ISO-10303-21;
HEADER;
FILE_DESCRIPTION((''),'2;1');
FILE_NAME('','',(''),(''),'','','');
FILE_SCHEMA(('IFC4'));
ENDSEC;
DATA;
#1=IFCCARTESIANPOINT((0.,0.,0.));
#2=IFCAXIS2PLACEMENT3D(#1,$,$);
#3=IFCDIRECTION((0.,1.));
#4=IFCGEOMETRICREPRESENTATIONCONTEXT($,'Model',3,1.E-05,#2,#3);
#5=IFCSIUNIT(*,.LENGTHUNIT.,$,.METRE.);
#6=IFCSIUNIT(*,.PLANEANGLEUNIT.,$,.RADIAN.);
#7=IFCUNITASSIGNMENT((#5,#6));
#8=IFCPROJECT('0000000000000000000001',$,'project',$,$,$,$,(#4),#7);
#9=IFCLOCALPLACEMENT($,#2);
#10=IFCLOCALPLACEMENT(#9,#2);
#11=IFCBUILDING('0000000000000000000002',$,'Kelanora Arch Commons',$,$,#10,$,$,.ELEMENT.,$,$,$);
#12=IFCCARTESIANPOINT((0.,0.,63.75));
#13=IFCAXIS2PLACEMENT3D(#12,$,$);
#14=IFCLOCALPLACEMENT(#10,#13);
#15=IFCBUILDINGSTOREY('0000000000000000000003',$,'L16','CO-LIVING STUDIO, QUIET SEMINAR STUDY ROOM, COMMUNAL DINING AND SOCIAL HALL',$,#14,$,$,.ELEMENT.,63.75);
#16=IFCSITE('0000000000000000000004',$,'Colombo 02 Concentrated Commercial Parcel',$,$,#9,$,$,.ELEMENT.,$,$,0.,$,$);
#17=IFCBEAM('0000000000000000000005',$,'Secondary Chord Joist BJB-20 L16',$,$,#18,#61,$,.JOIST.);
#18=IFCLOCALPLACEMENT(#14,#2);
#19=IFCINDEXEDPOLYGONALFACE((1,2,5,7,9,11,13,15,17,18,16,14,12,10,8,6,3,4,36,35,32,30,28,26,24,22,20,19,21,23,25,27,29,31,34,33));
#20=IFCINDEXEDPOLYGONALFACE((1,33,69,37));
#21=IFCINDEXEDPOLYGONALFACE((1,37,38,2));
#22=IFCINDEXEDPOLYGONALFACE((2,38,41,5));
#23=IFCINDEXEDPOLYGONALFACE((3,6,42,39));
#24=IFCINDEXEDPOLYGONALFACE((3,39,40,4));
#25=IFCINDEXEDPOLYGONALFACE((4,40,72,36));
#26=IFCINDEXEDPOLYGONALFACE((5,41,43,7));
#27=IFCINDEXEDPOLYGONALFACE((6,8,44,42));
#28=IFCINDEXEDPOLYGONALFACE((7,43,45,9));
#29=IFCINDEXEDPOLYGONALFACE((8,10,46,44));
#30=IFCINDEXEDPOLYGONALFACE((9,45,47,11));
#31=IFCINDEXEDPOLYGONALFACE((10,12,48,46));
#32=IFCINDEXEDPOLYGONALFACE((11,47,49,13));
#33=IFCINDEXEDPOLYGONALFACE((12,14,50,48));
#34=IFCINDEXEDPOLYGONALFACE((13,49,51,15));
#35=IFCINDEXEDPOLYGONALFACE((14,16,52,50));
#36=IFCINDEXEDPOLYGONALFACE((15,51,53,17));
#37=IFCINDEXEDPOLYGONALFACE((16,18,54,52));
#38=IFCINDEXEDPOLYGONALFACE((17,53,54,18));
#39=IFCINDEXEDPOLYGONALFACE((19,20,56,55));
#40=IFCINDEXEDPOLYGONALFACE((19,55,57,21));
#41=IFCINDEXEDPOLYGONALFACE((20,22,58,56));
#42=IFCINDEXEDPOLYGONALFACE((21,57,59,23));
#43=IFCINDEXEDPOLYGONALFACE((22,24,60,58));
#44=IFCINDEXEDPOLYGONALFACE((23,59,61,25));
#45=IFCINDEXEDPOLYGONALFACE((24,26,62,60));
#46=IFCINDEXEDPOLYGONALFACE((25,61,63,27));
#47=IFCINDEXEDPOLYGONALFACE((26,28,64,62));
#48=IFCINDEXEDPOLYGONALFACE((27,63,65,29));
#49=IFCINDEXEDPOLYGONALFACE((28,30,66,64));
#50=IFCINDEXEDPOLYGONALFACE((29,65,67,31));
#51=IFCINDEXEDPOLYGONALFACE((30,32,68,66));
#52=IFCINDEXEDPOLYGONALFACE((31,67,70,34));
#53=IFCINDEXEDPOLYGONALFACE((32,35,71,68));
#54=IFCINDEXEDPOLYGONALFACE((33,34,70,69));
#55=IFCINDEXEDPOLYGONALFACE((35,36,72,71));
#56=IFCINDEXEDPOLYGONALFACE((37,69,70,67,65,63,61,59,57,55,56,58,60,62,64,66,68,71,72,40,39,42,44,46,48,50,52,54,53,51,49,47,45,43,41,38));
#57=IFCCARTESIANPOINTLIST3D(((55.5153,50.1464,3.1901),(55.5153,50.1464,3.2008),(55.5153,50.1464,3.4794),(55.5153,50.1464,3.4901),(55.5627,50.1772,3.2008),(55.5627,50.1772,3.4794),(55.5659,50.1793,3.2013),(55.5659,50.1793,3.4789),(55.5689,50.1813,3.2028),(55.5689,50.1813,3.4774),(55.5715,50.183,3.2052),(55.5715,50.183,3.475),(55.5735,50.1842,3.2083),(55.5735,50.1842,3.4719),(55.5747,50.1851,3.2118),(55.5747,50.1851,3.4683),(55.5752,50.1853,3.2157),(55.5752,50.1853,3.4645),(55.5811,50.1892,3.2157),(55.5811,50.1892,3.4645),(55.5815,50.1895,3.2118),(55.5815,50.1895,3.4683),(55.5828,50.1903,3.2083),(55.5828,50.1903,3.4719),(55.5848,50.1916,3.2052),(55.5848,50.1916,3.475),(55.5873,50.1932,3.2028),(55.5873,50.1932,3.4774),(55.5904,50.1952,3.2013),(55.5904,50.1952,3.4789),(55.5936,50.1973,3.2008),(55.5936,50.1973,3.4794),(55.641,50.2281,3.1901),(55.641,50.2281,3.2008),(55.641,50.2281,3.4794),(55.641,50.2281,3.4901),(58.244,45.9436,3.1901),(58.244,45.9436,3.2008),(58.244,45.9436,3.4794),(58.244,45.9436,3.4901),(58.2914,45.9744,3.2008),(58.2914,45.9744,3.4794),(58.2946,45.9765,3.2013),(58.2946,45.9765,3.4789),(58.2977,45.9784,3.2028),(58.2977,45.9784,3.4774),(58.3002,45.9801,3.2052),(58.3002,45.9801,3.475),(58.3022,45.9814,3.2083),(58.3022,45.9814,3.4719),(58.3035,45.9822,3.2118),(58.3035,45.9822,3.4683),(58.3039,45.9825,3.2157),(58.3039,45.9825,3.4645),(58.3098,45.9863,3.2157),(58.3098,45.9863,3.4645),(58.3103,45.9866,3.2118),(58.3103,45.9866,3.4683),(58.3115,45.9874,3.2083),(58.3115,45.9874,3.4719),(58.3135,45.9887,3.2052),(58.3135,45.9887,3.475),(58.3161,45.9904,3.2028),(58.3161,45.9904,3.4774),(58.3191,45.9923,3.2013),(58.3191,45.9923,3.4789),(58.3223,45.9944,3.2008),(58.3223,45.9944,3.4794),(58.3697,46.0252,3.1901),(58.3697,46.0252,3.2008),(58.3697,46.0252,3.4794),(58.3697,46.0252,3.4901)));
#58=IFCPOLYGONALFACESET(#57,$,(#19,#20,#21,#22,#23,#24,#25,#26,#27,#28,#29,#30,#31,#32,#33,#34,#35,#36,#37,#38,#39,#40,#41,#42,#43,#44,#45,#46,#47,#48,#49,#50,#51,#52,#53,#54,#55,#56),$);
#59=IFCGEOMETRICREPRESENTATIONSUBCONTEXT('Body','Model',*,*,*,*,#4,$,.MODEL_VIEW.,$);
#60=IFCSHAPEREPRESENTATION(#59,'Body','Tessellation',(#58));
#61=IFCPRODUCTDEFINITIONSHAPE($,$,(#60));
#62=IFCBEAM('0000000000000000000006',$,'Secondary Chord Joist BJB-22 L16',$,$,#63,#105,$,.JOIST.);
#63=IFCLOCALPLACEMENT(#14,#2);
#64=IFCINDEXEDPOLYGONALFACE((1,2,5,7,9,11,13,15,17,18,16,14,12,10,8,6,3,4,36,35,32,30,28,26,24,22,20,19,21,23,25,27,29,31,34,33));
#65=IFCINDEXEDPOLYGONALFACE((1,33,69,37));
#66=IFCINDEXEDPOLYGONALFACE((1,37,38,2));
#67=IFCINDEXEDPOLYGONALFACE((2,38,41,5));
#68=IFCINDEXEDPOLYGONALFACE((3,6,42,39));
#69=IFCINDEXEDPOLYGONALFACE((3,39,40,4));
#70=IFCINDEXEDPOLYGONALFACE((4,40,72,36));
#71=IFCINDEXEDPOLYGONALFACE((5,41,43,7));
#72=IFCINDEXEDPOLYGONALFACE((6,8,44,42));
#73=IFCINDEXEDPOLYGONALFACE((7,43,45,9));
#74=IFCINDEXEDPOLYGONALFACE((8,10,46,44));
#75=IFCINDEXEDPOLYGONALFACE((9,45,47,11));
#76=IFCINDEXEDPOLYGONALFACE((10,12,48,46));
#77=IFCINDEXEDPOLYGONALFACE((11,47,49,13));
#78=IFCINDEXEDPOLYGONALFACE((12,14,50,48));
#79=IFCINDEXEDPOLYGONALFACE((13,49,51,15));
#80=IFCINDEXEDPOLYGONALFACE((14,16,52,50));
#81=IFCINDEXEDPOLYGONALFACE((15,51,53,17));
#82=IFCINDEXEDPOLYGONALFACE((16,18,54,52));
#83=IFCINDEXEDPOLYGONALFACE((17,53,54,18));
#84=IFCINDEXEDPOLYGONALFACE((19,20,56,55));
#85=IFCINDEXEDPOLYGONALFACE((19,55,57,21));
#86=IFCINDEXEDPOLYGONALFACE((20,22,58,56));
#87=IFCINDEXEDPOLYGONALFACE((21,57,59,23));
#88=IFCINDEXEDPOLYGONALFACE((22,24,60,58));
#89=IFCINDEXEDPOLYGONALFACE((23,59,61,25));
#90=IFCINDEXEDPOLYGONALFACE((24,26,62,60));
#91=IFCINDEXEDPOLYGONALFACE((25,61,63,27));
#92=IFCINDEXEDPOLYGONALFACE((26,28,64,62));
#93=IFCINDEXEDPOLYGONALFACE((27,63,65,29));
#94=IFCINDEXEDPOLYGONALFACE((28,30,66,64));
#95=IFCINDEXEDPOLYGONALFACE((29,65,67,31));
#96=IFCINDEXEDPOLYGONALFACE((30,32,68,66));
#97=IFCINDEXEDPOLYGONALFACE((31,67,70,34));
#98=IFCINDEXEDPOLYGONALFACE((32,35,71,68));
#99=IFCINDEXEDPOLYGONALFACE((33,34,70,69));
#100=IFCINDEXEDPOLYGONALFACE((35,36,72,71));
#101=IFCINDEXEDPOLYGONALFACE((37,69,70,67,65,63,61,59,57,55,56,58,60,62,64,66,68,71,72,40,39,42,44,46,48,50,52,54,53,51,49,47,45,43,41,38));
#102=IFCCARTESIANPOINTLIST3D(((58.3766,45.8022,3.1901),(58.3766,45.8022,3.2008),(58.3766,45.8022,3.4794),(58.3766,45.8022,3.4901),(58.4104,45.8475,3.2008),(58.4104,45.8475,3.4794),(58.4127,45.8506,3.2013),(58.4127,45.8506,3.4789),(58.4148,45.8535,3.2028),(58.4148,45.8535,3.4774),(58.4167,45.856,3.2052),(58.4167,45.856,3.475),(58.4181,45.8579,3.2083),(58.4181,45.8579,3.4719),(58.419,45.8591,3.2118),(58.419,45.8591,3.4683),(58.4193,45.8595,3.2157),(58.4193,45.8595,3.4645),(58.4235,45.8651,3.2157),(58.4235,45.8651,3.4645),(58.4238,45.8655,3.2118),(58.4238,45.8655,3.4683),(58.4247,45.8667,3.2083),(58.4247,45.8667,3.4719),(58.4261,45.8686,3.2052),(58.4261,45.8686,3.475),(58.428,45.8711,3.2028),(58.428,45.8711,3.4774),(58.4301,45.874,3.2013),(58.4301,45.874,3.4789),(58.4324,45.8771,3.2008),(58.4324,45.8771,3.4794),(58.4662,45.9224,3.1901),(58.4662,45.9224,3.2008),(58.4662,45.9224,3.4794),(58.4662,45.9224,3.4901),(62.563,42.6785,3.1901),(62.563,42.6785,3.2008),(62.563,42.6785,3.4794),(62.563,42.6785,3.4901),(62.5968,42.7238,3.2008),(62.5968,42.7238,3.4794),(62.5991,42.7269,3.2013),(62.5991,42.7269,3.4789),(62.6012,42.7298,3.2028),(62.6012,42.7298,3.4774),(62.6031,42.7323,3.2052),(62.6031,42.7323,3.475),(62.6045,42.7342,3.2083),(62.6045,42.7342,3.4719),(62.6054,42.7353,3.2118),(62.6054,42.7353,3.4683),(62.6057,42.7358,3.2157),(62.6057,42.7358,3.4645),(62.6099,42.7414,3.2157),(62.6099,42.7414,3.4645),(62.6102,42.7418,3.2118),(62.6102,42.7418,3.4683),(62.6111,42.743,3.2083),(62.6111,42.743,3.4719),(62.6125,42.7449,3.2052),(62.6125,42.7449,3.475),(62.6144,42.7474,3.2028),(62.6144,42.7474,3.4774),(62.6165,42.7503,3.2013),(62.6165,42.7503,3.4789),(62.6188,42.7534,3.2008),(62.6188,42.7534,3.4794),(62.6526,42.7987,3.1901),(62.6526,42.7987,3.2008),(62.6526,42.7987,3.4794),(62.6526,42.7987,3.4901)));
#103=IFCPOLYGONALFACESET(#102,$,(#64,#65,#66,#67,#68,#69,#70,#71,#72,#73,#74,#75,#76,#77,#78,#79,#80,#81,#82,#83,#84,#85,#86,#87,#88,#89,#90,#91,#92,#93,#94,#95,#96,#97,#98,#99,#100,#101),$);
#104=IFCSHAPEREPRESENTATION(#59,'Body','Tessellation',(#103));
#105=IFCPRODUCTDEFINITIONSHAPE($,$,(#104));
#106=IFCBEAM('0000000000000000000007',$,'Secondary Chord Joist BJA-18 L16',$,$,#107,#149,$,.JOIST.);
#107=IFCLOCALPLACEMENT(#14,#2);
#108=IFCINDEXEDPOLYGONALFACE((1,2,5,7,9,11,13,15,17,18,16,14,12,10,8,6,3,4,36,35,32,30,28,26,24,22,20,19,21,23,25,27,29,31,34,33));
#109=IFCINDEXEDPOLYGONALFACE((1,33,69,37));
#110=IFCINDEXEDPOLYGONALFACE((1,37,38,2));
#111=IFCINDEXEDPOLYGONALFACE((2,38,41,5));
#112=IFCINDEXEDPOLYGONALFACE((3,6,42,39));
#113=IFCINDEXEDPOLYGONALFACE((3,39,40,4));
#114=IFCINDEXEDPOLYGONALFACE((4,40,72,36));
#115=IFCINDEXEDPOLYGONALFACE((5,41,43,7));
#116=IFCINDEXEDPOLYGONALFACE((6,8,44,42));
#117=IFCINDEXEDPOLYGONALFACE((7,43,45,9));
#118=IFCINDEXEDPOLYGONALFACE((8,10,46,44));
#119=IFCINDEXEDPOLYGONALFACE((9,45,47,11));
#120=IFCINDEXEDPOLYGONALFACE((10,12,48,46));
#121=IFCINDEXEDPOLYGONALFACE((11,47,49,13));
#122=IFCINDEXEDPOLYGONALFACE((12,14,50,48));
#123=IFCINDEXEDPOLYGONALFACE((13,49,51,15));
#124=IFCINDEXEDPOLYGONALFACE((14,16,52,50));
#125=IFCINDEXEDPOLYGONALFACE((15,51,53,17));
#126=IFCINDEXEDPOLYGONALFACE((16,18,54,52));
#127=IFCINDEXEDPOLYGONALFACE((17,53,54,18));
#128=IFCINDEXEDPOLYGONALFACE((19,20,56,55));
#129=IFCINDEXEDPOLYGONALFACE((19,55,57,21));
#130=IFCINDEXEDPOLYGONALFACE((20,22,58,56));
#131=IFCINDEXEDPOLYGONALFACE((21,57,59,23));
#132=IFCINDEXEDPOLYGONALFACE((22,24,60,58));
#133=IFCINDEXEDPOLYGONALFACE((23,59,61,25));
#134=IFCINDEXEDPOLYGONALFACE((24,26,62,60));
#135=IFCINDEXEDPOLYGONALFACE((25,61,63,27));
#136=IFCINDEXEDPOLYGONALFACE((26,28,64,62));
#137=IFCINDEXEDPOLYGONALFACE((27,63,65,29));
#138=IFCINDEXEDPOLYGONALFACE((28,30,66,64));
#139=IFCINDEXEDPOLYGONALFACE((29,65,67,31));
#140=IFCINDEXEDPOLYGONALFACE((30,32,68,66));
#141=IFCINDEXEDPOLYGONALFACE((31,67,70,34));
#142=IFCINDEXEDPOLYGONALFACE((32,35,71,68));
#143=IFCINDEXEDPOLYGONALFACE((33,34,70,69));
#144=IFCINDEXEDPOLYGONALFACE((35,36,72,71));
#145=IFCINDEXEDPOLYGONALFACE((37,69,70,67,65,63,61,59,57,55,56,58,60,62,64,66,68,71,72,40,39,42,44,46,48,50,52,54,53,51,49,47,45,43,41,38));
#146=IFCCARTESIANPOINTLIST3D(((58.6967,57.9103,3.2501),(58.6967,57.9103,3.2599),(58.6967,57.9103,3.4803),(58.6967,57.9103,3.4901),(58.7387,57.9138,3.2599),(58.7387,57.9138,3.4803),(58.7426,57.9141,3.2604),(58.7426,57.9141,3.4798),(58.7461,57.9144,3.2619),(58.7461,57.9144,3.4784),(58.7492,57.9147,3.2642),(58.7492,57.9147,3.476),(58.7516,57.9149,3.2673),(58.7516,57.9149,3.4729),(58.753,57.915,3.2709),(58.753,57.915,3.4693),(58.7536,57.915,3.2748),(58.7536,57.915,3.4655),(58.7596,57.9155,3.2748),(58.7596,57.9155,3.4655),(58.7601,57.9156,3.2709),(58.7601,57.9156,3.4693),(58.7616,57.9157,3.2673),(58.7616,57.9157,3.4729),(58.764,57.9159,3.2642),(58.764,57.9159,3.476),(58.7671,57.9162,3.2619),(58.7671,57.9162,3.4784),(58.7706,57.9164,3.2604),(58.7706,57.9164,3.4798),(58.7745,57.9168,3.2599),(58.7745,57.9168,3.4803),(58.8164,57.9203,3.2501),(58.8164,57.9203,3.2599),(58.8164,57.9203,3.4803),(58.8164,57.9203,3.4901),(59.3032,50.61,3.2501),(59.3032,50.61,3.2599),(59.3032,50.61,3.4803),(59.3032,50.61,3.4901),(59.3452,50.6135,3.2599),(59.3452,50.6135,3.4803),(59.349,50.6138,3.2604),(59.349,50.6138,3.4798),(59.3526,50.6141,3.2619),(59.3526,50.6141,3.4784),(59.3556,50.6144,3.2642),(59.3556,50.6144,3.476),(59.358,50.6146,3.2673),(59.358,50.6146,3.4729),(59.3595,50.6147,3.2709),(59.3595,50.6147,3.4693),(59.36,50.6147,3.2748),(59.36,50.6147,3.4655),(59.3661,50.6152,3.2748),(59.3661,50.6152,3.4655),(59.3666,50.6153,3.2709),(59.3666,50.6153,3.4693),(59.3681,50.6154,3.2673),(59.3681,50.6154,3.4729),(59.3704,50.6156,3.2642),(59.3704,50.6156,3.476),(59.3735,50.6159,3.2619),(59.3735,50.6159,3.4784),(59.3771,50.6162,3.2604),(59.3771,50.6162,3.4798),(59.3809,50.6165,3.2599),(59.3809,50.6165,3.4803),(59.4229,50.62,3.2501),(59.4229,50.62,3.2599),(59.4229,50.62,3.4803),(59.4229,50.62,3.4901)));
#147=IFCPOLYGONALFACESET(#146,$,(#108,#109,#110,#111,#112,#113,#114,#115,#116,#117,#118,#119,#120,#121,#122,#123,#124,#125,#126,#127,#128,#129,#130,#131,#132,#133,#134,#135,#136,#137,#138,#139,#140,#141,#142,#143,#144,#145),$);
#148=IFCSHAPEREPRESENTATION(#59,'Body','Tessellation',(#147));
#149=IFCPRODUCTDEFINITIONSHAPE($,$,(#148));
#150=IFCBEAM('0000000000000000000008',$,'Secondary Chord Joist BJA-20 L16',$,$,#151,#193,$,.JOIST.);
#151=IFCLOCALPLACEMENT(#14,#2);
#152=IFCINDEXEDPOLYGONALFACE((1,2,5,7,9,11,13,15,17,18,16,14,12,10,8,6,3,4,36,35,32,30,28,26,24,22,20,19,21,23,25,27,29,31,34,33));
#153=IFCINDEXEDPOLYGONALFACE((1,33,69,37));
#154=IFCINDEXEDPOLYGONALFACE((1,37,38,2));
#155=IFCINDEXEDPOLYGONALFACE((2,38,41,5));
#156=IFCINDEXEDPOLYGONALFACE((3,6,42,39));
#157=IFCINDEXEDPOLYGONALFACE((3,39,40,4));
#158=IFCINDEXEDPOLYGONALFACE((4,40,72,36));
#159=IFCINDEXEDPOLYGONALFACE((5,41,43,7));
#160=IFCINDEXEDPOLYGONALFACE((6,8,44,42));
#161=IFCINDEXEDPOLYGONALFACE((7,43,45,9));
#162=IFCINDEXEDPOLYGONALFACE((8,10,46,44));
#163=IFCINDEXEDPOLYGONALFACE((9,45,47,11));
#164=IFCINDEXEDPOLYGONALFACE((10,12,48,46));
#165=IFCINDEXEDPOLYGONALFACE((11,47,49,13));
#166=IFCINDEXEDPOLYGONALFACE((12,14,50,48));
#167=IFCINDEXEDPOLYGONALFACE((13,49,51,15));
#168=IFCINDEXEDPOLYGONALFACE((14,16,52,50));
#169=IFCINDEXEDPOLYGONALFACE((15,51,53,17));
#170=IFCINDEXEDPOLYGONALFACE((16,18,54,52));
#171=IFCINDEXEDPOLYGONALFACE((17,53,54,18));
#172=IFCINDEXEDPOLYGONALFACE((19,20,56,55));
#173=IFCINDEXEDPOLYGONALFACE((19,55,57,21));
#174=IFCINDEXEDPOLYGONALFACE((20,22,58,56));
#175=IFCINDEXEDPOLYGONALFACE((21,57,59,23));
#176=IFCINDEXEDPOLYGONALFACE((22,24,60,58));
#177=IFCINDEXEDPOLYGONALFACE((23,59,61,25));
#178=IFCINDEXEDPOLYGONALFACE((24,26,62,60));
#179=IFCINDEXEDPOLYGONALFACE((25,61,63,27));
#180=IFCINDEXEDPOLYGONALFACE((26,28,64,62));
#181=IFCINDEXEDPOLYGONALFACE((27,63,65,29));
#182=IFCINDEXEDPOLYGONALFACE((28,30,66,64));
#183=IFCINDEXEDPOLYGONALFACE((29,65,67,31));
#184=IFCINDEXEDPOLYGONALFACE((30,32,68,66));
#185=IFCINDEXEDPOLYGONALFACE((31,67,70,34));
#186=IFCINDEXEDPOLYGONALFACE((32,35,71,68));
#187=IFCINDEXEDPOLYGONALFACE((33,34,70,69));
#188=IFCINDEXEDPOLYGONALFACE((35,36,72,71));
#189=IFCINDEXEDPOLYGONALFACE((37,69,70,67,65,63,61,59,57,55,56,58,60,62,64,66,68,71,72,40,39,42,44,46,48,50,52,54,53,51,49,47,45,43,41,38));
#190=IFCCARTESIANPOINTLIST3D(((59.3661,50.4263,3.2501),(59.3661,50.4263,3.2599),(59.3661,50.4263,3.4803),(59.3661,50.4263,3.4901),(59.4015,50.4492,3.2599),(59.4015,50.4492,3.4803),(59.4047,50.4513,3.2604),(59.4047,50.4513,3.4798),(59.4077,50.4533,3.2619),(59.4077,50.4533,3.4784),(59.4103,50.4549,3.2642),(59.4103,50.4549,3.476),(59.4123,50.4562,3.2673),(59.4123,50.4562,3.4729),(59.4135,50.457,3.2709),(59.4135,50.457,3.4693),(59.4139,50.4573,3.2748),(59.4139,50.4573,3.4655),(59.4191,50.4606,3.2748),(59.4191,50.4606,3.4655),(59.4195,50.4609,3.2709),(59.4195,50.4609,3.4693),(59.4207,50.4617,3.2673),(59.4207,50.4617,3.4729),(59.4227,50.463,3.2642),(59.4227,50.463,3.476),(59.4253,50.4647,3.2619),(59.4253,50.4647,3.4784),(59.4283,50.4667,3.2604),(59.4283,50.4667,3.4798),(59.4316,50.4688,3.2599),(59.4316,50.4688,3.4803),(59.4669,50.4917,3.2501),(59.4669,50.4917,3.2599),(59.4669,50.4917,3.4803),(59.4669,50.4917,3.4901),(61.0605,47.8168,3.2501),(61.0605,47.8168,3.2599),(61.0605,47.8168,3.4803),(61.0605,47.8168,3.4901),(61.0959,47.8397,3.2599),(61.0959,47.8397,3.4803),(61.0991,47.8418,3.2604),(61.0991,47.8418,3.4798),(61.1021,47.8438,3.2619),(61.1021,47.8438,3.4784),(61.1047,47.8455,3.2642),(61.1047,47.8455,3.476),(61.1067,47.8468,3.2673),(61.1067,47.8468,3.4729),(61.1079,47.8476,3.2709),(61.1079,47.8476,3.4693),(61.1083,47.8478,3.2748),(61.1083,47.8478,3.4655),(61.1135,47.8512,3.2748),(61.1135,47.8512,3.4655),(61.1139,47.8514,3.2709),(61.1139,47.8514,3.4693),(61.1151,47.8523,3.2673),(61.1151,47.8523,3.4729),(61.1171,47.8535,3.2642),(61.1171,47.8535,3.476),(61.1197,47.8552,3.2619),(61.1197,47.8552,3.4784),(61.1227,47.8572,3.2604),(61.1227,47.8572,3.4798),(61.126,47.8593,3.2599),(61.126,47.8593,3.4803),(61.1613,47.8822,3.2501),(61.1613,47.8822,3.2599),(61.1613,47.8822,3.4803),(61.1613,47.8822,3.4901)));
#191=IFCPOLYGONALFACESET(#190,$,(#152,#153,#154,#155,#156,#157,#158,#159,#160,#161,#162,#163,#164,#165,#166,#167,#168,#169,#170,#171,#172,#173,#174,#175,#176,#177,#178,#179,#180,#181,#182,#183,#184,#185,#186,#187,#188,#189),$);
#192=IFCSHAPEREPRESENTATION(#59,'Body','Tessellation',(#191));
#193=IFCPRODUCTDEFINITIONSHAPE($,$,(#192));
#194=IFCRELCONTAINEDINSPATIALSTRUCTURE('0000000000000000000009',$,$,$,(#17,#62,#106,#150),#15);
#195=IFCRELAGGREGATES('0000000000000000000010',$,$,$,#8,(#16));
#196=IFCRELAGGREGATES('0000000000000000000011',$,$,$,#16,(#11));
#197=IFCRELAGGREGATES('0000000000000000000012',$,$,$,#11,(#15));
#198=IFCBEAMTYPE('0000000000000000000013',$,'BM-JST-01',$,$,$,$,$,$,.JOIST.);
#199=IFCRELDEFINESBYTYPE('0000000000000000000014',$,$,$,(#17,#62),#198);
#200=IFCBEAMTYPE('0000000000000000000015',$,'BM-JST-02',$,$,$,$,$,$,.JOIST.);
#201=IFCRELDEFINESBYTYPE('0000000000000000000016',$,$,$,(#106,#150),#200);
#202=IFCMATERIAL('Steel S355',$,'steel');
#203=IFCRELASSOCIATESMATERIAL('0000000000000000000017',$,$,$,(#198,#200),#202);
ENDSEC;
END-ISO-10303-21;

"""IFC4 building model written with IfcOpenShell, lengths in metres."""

from ifc_helpers import new_model, si_unit, direction, frame, origin, origin_2d, place, context, subcontext, project, spatial, i_section, extrude, material, material_profile, profile_set, type_object, element, save


model = new_model("IFC4")

# Units and contexts
model_context = context("Model", 3, precision=1e-05, world=origin(), true_north=direction((0.0, 1.0)))
body_context = subcontext(model_context, "Body", "Model", "MODEL_VIEW")
ifc_project = project(units=[si_unit("LENGTHUNIT", "METRE"), si_unit("PLANEANGLEUNIT", "RADIAN")], contexts=[model_context])

# Site, building, storey
site_placement = place(None, origin())
site = spatial("IfcSite", under=ifc_project, at=site_placement, Name="Colombo 02 Concentrated Commercial Parcel", CompositionType="ELEMENT", RefElevation=0.0)
building_placement = place(site_placement, origin())
building = spatial("IfcBuilding", under=site, at=building_placement, Name="Kelanora Arch Commons", CompositionType="ELEMENT")
storey_placement = place(building_placement, frame((0.0, 0.0, 63.75)))
storey = spatial("IfcBuildingStorey", under=building, at=storey_placement, Name="L16", Description="CO-LIVING STUDIO, QUIET SEMINAR STUDY ROOM, COMMUNAL DINING AND SOCIAL HALL", CompositionType="ELEMENT", Elevation=63.75)

# Beams
ifc_material_1 = material(Name="Steel S355", Category="steel")
ifc_material_profile_1 = material_profile(ifc_material_1, i_section(OverallWidth=0.1499, OverallDepth=0.3, WebThickness=0.0071, FlangeThickness=0.0107, FilletRadius=0.0149, at=origin_2d()), Name="IPE300")
ifc_profile_set_1 = profile_set([ifc_material_profile_1], Name="Steel S355")
beam_type_1 = type_object("IfcBeamType", Name="BM-JST-01", PredefinedType="JOIST", material=ifc_profile_set_1)
beam_1_placement = place(storey_placement, frame((55.5781, 50.1873, 3.3401), z_axis=(0.544552, -0.838727, 0.0), x_axis=(0.838727, 0.544552, 0.0)))
element("IfcBeam", 1, at=beam_1_placement, inside=storey, type_object=beam_type_1, Name="Secondary Chord Joist BJB-20 L16", PredefinedType="JOIST", context=body_context, shape_type="SweptSolid", body=[
    extrude(i_section(OverallWidth=0.1499, OverallDepth=0.3, WebThickness=0.0071, FlangeThickness=0.0107, FilletRadius=0.0149, at=origin_2d()), origin(), (0.0, 0.0, 1.0), 5.011),
])
beam_2_placement = place(storey_placement, frame((58.4214, 45.8623, 3.3401), z_axis=(0.801478, -0.598024, 0.0), x_axis=(0.598024, 0.801478, 0.0)))
element("IfcBeam", 2, at=beam_2_placement, inside=storey, type_object=beam_type_1, Name="Secondary Chord Joist BJB-22 L16", PredefinedType="JOIST", context=body_context, shape_type="SweptSolid", body=[
    extrude(i_section(OverallWidth=0.1499, OverallDepth=0.3, WebThickness=0.0071, FlangeThickness=0.0107, FilletRadius=0.0149, at=origin_2d()), origin(), (0.0, 0.0, 1.0), 5.2234),
])
ifc_material_profile_2 = material_profile(ifc_material_1, i_section(OverallWidth=0.1201, OverallDepth=0.24, WebThickness=0.0061, FlangeThickness=0.0098, FilletRadius=0.0149, at=origin_2d()), Name="IPE240")
ifc_profile_set_2 = profile_set([ifc_material_profile_2], Name="Steel S355")
beam_type_2 = type_object("IfcBeamType", Name="BM-JST-02", PredefinedType="JOIST", material=ifc_profile_set_2)
beam_3_placement = place(storey_placement, frame((58.7566, 57.9153, 3.3701), z_axis=(0.082786, -0.996567, 0.0), x_axis=(0.996567, 0.082786, 0.0)))
element("IfcBeam", 3, at=beam_3_placement, inside=storey, type_object=beam_type_2, Name="Secondary Chord Joist BJA-18 L16", PredefinedType="JOIST", context=body_context, shape_type="SweptSolid", body=[
    extrude(i_section(OverallWidth=0.1201, OverallDepth=0.24, WebThickness=0.0061, FlangeThickness=0.0098, FilletRadius=0.0149, at=origin_2d()), origin(), (0.0, 0.0, 1.0), 7.3254),
])
beam_4_placement = place(storey_placement, frame((59.4165, 50.459, 3.3701), z_axis=(0.544591, -0.838702, 0.0), x_axis=(0.838702, 0.544591, 0.0)))
element("IfcBeam", 4, at=beam_4_placement, inside=storey, type_object=beam_type_2, Name="Secondary Chord Joist BJA-20 L16", PredefinedType="JOIST", context=body_context, shape_type="SweptSolid", body=[
    extrude(i_section(OverallWidth=0.1201, OverallDepth=0.24, WebThickness=0.0061, FlangeThickness=0.0098, FilletRadius=0.0149, at=origin_2d()), origin(), (0.0, 0.0, 1.0), 3.1113),
])

save(model, "model.ifc")
